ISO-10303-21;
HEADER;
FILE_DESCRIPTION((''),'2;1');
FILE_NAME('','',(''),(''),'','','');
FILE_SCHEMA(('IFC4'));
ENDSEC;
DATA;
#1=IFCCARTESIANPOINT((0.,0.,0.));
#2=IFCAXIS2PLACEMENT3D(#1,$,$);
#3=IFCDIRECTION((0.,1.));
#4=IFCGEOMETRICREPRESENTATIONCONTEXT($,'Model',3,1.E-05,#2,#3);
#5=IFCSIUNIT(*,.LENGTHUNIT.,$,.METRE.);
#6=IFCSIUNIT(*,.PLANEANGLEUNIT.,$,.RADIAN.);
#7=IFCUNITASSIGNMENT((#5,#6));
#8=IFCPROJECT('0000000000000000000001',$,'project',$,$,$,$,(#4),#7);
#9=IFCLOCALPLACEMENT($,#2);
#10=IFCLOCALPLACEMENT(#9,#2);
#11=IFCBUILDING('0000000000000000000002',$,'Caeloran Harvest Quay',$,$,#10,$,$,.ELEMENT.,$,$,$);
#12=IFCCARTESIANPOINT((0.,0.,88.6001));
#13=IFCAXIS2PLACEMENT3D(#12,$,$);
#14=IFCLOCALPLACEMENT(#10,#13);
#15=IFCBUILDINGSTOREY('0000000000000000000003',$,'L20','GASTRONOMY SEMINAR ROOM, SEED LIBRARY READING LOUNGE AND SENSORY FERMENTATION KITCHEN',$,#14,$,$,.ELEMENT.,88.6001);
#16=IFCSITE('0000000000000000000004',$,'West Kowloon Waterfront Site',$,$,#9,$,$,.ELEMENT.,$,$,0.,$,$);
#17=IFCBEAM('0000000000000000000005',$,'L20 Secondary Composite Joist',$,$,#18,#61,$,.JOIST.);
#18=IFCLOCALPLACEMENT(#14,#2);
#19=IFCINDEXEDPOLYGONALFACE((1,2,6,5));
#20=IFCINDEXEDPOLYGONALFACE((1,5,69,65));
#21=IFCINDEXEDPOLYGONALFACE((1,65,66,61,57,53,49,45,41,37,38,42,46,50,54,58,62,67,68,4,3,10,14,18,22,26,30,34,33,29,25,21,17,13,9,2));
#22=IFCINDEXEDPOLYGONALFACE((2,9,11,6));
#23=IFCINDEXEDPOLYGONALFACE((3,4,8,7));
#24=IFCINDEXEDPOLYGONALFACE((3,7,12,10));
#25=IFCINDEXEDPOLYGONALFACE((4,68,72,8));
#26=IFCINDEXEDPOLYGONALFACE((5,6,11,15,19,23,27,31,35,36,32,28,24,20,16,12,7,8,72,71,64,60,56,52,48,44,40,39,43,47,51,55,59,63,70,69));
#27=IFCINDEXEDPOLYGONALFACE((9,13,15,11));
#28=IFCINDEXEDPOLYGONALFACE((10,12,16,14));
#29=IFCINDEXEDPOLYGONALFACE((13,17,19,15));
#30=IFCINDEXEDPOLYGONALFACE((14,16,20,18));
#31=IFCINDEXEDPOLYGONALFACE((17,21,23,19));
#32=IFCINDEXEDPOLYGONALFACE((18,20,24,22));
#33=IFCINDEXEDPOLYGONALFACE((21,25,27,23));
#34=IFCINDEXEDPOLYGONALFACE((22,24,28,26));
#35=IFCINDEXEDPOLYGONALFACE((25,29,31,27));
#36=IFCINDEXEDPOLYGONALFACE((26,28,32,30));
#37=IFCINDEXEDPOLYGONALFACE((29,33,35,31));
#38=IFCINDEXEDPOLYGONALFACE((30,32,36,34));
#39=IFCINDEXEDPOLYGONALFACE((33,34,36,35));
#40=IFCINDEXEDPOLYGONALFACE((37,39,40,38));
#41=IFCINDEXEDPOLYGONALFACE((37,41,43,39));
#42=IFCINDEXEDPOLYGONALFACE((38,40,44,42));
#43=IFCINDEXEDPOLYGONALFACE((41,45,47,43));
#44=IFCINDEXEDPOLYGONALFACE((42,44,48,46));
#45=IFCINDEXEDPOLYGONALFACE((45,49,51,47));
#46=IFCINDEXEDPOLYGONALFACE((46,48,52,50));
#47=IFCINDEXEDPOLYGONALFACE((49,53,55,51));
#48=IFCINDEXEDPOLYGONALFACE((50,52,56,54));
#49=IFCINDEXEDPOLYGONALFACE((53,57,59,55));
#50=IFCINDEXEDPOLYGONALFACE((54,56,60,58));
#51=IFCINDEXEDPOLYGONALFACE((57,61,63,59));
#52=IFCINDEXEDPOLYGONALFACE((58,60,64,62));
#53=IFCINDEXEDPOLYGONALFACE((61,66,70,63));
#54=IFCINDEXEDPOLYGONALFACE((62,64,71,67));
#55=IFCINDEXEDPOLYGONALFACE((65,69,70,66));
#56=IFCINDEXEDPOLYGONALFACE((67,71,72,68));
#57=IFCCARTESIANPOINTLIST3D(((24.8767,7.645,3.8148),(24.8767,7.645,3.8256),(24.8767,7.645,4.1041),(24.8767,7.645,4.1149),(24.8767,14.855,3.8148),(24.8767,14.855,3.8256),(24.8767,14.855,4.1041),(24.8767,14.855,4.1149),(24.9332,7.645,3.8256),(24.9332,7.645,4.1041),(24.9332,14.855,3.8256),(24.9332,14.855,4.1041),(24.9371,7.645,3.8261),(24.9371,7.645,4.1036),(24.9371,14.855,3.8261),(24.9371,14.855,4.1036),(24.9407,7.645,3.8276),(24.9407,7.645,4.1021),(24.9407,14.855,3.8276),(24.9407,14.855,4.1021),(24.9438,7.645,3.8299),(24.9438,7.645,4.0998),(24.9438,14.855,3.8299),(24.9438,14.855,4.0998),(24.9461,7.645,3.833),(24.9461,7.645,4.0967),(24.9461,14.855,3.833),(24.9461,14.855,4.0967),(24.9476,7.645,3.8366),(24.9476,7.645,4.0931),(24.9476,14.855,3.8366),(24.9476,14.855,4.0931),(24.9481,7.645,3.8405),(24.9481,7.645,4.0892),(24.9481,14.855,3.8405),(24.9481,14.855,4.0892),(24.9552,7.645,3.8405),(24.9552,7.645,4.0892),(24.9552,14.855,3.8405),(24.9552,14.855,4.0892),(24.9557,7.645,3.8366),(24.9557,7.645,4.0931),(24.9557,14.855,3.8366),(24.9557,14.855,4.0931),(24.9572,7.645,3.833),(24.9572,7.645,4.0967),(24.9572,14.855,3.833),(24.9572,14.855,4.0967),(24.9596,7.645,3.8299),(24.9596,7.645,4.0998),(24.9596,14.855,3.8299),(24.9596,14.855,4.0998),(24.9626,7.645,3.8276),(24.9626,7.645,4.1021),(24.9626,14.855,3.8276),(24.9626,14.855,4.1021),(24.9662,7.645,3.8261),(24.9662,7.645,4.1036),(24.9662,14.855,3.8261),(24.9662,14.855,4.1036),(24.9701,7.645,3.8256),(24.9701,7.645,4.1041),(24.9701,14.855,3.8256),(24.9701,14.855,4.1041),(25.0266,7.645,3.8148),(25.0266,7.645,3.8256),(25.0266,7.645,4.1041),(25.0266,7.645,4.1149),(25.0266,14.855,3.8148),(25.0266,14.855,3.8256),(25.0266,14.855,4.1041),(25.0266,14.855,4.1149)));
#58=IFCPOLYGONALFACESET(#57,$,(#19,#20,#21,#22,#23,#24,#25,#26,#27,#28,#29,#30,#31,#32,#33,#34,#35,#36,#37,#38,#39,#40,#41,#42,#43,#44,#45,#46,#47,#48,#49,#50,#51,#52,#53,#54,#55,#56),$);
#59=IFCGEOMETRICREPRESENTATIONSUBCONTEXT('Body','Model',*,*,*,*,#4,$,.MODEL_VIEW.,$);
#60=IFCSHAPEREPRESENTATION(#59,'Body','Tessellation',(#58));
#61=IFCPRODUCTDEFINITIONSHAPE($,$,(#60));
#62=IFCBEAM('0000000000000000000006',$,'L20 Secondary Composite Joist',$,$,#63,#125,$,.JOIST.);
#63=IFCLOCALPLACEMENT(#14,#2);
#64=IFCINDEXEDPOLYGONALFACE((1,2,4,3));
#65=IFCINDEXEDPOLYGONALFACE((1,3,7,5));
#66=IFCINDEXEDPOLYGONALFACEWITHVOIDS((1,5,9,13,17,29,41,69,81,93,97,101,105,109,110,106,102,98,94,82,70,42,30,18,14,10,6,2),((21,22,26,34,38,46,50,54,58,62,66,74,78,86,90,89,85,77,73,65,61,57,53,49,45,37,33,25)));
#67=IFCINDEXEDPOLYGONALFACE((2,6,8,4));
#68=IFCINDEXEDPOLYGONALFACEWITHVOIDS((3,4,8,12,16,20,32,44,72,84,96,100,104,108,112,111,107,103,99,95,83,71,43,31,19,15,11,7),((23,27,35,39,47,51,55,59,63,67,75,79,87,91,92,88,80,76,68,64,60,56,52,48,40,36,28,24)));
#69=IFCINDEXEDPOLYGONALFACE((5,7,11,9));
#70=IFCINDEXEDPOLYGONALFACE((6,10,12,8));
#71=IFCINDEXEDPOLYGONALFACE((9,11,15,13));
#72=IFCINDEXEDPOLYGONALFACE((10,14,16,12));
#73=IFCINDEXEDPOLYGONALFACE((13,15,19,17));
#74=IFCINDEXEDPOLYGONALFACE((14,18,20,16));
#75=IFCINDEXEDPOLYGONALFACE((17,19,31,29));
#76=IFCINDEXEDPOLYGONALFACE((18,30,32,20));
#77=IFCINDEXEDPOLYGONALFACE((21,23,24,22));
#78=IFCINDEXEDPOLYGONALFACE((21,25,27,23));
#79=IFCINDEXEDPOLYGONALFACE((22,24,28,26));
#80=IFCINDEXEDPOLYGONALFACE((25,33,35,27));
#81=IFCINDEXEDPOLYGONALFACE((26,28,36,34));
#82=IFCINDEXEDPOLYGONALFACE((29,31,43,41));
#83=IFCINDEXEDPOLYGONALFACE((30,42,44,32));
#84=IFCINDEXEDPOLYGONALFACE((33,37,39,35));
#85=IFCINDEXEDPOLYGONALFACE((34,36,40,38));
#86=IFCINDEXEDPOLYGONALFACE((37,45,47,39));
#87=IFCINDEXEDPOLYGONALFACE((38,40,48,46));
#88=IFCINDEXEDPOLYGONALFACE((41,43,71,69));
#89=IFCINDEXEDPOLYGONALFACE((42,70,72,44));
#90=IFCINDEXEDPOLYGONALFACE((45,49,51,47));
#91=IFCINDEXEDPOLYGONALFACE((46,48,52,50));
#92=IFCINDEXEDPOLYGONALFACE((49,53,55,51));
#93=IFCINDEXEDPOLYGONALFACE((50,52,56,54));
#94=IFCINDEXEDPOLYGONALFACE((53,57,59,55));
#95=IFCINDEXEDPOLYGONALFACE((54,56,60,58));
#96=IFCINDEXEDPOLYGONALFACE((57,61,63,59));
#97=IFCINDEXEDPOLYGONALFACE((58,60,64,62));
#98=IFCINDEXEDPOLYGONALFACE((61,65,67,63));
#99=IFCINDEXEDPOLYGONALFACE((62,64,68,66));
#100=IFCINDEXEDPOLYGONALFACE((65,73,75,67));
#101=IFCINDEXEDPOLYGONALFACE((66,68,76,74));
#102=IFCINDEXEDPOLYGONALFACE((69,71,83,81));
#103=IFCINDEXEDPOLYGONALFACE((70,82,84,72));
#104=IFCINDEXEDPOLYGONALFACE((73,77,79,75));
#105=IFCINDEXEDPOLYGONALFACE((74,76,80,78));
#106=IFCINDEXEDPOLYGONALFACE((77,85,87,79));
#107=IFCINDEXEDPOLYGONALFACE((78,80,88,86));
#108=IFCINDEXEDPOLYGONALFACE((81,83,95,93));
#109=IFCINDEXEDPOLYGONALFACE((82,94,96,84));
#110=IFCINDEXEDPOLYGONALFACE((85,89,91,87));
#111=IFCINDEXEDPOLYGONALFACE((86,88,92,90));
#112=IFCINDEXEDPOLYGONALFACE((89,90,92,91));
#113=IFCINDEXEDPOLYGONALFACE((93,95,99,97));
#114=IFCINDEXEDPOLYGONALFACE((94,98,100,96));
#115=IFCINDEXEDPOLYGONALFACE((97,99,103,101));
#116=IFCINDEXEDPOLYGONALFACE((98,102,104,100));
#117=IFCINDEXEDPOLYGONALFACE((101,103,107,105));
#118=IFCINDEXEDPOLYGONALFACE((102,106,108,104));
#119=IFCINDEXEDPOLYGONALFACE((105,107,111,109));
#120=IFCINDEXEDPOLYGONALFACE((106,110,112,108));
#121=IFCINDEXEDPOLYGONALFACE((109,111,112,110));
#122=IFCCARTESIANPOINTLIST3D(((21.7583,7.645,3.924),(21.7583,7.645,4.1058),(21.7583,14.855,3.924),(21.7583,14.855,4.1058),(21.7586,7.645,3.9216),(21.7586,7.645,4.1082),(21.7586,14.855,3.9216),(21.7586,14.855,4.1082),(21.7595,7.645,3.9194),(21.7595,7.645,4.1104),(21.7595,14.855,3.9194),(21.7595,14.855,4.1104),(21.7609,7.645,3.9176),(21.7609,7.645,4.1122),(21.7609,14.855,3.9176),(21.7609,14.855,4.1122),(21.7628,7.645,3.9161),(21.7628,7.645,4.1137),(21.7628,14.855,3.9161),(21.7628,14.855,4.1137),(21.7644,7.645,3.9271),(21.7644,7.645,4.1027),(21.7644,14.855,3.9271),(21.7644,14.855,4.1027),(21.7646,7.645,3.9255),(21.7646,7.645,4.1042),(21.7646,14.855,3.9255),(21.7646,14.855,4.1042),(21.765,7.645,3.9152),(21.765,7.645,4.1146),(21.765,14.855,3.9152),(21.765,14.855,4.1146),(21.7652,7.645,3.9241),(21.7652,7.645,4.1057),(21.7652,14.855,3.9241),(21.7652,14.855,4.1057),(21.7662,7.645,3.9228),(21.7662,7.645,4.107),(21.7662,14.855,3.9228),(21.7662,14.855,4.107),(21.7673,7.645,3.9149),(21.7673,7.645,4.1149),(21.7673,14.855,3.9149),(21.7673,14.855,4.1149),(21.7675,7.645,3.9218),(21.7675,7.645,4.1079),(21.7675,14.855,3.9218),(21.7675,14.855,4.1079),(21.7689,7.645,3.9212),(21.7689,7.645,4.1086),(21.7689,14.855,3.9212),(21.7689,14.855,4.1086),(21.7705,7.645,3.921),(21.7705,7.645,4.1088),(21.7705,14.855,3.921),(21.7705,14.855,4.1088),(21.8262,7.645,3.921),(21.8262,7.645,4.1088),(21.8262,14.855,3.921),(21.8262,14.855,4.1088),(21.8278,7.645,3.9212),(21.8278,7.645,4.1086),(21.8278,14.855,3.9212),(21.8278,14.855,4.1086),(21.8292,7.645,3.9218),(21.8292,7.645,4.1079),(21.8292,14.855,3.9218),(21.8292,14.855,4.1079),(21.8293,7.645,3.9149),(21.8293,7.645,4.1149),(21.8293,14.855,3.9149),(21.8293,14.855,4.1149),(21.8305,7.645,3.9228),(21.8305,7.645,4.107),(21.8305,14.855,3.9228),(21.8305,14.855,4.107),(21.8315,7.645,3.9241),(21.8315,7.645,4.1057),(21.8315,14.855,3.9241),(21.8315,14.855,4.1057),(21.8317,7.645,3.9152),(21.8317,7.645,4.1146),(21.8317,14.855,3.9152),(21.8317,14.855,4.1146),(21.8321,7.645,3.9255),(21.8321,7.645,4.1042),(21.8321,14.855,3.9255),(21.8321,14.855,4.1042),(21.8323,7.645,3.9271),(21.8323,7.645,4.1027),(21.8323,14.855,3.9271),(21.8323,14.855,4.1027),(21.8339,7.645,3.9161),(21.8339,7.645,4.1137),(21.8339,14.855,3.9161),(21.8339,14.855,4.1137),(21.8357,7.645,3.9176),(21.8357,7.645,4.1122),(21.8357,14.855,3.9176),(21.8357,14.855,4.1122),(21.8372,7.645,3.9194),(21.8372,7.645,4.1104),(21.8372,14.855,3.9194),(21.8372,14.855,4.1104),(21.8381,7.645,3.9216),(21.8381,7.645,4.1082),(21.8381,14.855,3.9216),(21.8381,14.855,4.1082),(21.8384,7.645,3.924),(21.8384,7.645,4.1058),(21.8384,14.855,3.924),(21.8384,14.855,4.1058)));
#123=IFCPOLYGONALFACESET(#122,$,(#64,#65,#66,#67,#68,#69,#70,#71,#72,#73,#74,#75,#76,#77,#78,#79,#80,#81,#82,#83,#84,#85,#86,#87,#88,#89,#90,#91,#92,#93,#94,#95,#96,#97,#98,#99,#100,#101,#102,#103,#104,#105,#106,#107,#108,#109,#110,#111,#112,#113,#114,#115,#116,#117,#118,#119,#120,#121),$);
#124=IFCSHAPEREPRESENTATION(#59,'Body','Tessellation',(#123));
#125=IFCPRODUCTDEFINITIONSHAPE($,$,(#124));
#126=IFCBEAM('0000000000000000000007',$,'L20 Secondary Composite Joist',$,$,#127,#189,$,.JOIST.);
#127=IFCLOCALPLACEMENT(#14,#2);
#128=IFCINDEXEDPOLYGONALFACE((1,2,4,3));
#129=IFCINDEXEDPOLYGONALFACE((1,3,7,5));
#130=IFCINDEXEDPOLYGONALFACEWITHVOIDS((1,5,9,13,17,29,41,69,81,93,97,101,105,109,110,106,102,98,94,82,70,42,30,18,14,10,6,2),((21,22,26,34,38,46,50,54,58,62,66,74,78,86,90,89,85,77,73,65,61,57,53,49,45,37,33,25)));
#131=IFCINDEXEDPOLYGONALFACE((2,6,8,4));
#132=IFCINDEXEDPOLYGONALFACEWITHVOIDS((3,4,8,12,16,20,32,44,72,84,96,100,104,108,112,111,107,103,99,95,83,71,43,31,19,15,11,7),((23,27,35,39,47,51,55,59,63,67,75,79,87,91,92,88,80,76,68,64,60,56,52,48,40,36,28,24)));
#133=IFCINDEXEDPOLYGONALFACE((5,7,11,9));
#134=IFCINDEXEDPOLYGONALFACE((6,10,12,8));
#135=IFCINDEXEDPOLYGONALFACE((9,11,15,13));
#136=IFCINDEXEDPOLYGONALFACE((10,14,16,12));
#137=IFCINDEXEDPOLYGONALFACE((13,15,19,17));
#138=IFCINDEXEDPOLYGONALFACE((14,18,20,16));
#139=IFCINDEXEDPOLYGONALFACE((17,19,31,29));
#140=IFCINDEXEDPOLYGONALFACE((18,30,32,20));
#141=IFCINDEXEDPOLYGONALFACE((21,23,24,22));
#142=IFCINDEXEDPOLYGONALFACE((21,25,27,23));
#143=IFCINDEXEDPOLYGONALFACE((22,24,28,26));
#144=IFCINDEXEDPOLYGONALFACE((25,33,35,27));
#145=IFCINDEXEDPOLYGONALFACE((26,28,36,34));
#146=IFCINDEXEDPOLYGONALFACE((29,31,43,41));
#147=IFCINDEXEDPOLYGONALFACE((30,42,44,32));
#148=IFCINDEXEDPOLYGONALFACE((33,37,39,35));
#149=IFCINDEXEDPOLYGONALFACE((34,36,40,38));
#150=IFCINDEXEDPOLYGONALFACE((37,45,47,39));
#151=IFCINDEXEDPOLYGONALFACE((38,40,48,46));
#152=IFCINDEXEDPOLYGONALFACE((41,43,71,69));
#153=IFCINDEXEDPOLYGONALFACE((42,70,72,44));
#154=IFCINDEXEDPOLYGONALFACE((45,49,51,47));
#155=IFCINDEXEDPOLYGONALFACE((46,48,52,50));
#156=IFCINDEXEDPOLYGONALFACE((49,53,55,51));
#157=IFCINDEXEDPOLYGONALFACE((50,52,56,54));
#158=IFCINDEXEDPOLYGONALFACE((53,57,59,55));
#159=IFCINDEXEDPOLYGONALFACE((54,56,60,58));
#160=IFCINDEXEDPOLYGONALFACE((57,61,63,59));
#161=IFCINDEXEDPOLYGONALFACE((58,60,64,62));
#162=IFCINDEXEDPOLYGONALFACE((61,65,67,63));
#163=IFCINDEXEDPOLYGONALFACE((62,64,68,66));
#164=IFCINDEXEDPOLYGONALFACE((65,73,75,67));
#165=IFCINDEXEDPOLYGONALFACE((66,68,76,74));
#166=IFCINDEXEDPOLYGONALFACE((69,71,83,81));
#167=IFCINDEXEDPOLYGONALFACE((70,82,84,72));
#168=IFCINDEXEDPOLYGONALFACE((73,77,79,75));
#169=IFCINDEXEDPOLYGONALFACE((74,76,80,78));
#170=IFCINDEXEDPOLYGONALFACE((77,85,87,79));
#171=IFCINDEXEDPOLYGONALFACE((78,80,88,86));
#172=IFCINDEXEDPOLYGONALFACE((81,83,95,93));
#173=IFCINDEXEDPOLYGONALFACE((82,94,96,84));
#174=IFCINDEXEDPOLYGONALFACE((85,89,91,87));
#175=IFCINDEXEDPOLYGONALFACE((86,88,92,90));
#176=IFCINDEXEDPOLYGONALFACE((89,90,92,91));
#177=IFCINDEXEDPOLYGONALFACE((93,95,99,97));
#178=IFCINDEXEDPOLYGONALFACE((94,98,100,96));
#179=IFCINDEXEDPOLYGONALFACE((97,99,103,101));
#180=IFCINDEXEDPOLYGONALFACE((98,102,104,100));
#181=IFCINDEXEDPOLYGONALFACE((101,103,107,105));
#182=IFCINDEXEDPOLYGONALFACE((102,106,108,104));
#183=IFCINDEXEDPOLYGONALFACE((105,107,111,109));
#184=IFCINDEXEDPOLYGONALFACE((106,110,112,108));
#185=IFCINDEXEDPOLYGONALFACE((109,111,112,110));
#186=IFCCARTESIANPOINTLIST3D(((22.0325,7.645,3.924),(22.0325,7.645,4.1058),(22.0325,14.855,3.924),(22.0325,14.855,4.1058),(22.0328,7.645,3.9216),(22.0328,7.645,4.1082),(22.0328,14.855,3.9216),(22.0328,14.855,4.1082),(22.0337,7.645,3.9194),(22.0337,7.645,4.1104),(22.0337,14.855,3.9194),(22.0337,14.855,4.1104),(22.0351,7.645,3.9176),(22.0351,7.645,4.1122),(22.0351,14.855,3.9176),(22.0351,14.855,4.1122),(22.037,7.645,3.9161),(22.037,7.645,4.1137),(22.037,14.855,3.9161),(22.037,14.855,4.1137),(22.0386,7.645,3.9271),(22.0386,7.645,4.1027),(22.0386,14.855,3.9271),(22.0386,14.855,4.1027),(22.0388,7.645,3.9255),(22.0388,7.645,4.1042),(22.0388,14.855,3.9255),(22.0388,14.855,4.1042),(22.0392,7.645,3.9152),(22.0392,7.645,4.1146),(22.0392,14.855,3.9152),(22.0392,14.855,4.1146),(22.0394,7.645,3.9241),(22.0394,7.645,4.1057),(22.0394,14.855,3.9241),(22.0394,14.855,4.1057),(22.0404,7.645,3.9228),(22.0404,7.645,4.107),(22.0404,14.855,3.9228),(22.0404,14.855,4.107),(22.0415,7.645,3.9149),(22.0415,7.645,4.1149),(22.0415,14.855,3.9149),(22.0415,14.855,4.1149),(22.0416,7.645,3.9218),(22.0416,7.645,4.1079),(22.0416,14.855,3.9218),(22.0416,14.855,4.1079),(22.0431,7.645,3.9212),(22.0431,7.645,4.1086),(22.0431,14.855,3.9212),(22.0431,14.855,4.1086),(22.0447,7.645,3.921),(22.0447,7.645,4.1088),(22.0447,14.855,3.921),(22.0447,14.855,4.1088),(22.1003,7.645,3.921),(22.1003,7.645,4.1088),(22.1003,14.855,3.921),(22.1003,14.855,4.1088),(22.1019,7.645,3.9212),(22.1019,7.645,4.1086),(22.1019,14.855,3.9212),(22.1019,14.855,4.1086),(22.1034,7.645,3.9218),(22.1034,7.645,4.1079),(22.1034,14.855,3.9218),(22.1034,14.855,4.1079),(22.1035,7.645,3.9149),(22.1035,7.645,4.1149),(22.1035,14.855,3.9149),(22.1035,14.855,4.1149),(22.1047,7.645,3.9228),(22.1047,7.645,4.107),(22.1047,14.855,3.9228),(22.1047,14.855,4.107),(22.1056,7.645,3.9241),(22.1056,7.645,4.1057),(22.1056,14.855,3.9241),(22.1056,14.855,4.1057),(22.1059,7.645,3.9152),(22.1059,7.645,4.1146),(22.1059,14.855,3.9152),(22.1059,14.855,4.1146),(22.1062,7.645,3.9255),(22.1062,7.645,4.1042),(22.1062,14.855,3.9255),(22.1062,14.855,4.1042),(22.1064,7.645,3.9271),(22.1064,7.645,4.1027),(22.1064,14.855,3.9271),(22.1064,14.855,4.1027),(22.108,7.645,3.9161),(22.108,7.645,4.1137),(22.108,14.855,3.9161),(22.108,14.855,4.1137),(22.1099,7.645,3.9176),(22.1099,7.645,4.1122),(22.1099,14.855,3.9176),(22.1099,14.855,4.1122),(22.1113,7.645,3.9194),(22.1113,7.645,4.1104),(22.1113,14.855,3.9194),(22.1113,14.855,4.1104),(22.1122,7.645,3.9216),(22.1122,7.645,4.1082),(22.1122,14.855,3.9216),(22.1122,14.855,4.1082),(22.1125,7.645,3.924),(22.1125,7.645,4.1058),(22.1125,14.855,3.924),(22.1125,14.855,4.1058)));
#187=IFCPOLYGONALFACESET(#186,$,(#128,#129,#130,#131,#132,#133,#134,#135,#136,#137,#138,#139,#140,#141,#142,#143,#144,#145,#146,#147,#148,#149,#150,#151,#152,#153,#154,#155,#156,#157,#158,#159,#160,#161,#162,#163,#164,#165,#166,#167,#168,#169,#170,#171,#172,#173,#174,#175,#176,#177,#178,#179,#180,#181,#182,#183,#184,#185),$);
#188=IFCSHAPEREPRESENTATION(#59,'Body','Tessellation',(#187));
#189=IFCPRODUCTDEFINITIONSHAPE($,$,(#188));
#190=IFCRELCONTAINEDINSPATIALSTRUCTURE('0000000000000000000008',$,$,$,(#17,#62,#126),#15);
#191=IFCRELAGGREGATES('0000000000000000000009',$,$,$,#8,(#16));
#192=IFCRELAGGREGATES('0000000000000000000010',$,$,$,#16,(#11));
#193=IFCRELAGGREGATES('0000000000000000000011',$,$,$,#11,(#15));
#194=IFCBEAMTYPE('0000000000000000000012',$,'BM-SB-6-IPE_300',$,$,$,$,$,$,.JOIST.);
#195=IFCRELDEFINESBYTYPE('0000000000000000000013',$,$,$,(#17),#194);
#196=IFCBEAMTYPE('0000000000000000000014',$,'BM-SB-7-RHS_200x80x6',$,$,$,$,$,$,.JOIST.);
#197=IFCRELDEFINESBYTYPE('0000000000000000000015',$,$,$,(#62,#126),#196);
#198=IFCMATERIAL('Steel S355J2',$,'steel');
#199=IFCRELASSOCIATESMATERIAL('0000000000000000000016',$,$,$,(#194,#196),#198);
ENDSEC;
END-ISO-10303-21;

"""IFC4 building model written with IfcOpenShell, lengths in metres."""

from ifc_helpers import new_model, si_unit, direction, frame, origin, origin_2d, place, context, subcontext, project, spatial, hollow_rectangle, i_section, extrude, material, material_profile, profile_set, type_object, element, save


model = new_model("IFC4")

# Units and contexts
model_context = context("Model", 3, precision=1e-05, world=origin(), true_north=direction((0.0, 1.0)))
body_context = subcontext(model_context, "Body", "Model", "MODEL_VIEW")
ifc_project = project(units=[si_unit("LENGTHUNIT", "METRE"), si_unit("PLANEANGLEUNIT", "RADIAN")], contexts=[model_context])

# Site, building, storey
site_placement = place(None, origin())
site = spatial("IfcSite", under=ifc_project, at=site_placement, Name="West Kowloon Waterfront Site", CompositionType="ELEMENT", RefElevation=0.0)
building_placement = place(site_placement, origin())
building = spatial("IfcBuilding", under=site, at=building_placement, Name="Caeloran Harvest Quay", CompositionType="ELEMENT")
storey_placement = place(building_placement, frame((0.0, 0.0, 88.6001)))
storey = spatial("IfcBuildingStorey", under=building, at=storey_placement, Name="L20", Description="GASTRONOMY SEMINAR ROOM, SEED LIBRARY READING LOUNGE AND SENSORY FERMENTATION KITCHEN", CompositionType="ELEMENT", Elevation=88.6001)

# Beams
ifc_material_1 = material(Name="Steel S355J2", Category="steel")
ifc_material_profile_1 = material_profile(ifc_material_1, i_section(OverallWidth=0.1499, OverallDepth=0.3, WebThickness=0.0071, FlangeThickness=0.0107, FilletRadius=0.0149, at=origin_2d()), Name="IPE 300")
ifc_profile_set_1 = profile_set([ifc_material_profile_1], Name="Steel S355J2")
beam_type_1 = type_object("IfcBeamType", Name="BM-SB-6-IPE_300", PredefinedType="JOIST", material=ifc_profile_set_1)
for number, where, z_axis, x_axis, name in (
    (1, (24.9517, 7.645, 3.9648), (0.0, 1.0, 0.0), (-1.0, 0.0, 0.0), "L20 Secondary Composite Joist"),
):
    element("IfcBeam", number, at=place(storey_placement, frame(where, z_axis=z_axis, x_axis=x_axis)), inside=storey, type_object=beam_type_1, Name=name, PredefinedType="JOIST", context=body_context, shape_type="SweptSolid", body=[
        extrude(i_section(OverallWidth=0.1499, OverallDepth=0.3, WebThickness=0.0071, FlangeThickness=0.0107, FilletRadius=0.0149, at=origin_2d()), origin(), (0.0, 0.0, 1.0), 7.21),
    ])
ifc_material_profile_2 = material_profile(ifc_material_1, hollow_rectangle(XDim=0.0801, YDim=0.2, WallThickness=0.0061, InnerFilletRadius=0.0061, OuterFilletRadius=0.009, at=origin_2d()), Name="RHS 200x80x6")
ifc_profile_set_2 = profile_set([ifc_material_profile_2], Name="Steel S355J2")
beam_type_2 = type_object("IfcBeamType", Name="BM-SB-7-RHS_200x80x6", PredefinedType="JOIST", material=ifc_profile_set_2)
for number, where, z_axis, x_axis, name in (
    (2, (21.7983, 7.645, 4.0149), (0.0, 1.0, 0.0), (-1.0, 0.0, 0.0), "L20 Secondary Composite Joist"),
    (3, (22.0725, 7.645, 4.0149), (0.0, 1.0, 0.0), (-1.0, 0.0, 0.0), "L20 Secondary Composite Joist"),
):
    element("IfcBeam", number, at=place(storey_placement, frame(where, z_axis=z_axis, x_axis=x_axis)), inside=storey, type_object=beam_type_2, Name=name, PredefinedType="JOIST", context=body_context, shape_type="SweptSolid", body=[
        extrude(hollow_rectangle(XDim=0.0801, YDim=0.2, WallThickness=0.0061, InnerFilletRadius=0.0061, OuterFilletRadius=0.009, at=origin_2d()), origin(), (0.0, 0.0, 1.0), 7.21),
    ])

save(model, "model.ifc")
